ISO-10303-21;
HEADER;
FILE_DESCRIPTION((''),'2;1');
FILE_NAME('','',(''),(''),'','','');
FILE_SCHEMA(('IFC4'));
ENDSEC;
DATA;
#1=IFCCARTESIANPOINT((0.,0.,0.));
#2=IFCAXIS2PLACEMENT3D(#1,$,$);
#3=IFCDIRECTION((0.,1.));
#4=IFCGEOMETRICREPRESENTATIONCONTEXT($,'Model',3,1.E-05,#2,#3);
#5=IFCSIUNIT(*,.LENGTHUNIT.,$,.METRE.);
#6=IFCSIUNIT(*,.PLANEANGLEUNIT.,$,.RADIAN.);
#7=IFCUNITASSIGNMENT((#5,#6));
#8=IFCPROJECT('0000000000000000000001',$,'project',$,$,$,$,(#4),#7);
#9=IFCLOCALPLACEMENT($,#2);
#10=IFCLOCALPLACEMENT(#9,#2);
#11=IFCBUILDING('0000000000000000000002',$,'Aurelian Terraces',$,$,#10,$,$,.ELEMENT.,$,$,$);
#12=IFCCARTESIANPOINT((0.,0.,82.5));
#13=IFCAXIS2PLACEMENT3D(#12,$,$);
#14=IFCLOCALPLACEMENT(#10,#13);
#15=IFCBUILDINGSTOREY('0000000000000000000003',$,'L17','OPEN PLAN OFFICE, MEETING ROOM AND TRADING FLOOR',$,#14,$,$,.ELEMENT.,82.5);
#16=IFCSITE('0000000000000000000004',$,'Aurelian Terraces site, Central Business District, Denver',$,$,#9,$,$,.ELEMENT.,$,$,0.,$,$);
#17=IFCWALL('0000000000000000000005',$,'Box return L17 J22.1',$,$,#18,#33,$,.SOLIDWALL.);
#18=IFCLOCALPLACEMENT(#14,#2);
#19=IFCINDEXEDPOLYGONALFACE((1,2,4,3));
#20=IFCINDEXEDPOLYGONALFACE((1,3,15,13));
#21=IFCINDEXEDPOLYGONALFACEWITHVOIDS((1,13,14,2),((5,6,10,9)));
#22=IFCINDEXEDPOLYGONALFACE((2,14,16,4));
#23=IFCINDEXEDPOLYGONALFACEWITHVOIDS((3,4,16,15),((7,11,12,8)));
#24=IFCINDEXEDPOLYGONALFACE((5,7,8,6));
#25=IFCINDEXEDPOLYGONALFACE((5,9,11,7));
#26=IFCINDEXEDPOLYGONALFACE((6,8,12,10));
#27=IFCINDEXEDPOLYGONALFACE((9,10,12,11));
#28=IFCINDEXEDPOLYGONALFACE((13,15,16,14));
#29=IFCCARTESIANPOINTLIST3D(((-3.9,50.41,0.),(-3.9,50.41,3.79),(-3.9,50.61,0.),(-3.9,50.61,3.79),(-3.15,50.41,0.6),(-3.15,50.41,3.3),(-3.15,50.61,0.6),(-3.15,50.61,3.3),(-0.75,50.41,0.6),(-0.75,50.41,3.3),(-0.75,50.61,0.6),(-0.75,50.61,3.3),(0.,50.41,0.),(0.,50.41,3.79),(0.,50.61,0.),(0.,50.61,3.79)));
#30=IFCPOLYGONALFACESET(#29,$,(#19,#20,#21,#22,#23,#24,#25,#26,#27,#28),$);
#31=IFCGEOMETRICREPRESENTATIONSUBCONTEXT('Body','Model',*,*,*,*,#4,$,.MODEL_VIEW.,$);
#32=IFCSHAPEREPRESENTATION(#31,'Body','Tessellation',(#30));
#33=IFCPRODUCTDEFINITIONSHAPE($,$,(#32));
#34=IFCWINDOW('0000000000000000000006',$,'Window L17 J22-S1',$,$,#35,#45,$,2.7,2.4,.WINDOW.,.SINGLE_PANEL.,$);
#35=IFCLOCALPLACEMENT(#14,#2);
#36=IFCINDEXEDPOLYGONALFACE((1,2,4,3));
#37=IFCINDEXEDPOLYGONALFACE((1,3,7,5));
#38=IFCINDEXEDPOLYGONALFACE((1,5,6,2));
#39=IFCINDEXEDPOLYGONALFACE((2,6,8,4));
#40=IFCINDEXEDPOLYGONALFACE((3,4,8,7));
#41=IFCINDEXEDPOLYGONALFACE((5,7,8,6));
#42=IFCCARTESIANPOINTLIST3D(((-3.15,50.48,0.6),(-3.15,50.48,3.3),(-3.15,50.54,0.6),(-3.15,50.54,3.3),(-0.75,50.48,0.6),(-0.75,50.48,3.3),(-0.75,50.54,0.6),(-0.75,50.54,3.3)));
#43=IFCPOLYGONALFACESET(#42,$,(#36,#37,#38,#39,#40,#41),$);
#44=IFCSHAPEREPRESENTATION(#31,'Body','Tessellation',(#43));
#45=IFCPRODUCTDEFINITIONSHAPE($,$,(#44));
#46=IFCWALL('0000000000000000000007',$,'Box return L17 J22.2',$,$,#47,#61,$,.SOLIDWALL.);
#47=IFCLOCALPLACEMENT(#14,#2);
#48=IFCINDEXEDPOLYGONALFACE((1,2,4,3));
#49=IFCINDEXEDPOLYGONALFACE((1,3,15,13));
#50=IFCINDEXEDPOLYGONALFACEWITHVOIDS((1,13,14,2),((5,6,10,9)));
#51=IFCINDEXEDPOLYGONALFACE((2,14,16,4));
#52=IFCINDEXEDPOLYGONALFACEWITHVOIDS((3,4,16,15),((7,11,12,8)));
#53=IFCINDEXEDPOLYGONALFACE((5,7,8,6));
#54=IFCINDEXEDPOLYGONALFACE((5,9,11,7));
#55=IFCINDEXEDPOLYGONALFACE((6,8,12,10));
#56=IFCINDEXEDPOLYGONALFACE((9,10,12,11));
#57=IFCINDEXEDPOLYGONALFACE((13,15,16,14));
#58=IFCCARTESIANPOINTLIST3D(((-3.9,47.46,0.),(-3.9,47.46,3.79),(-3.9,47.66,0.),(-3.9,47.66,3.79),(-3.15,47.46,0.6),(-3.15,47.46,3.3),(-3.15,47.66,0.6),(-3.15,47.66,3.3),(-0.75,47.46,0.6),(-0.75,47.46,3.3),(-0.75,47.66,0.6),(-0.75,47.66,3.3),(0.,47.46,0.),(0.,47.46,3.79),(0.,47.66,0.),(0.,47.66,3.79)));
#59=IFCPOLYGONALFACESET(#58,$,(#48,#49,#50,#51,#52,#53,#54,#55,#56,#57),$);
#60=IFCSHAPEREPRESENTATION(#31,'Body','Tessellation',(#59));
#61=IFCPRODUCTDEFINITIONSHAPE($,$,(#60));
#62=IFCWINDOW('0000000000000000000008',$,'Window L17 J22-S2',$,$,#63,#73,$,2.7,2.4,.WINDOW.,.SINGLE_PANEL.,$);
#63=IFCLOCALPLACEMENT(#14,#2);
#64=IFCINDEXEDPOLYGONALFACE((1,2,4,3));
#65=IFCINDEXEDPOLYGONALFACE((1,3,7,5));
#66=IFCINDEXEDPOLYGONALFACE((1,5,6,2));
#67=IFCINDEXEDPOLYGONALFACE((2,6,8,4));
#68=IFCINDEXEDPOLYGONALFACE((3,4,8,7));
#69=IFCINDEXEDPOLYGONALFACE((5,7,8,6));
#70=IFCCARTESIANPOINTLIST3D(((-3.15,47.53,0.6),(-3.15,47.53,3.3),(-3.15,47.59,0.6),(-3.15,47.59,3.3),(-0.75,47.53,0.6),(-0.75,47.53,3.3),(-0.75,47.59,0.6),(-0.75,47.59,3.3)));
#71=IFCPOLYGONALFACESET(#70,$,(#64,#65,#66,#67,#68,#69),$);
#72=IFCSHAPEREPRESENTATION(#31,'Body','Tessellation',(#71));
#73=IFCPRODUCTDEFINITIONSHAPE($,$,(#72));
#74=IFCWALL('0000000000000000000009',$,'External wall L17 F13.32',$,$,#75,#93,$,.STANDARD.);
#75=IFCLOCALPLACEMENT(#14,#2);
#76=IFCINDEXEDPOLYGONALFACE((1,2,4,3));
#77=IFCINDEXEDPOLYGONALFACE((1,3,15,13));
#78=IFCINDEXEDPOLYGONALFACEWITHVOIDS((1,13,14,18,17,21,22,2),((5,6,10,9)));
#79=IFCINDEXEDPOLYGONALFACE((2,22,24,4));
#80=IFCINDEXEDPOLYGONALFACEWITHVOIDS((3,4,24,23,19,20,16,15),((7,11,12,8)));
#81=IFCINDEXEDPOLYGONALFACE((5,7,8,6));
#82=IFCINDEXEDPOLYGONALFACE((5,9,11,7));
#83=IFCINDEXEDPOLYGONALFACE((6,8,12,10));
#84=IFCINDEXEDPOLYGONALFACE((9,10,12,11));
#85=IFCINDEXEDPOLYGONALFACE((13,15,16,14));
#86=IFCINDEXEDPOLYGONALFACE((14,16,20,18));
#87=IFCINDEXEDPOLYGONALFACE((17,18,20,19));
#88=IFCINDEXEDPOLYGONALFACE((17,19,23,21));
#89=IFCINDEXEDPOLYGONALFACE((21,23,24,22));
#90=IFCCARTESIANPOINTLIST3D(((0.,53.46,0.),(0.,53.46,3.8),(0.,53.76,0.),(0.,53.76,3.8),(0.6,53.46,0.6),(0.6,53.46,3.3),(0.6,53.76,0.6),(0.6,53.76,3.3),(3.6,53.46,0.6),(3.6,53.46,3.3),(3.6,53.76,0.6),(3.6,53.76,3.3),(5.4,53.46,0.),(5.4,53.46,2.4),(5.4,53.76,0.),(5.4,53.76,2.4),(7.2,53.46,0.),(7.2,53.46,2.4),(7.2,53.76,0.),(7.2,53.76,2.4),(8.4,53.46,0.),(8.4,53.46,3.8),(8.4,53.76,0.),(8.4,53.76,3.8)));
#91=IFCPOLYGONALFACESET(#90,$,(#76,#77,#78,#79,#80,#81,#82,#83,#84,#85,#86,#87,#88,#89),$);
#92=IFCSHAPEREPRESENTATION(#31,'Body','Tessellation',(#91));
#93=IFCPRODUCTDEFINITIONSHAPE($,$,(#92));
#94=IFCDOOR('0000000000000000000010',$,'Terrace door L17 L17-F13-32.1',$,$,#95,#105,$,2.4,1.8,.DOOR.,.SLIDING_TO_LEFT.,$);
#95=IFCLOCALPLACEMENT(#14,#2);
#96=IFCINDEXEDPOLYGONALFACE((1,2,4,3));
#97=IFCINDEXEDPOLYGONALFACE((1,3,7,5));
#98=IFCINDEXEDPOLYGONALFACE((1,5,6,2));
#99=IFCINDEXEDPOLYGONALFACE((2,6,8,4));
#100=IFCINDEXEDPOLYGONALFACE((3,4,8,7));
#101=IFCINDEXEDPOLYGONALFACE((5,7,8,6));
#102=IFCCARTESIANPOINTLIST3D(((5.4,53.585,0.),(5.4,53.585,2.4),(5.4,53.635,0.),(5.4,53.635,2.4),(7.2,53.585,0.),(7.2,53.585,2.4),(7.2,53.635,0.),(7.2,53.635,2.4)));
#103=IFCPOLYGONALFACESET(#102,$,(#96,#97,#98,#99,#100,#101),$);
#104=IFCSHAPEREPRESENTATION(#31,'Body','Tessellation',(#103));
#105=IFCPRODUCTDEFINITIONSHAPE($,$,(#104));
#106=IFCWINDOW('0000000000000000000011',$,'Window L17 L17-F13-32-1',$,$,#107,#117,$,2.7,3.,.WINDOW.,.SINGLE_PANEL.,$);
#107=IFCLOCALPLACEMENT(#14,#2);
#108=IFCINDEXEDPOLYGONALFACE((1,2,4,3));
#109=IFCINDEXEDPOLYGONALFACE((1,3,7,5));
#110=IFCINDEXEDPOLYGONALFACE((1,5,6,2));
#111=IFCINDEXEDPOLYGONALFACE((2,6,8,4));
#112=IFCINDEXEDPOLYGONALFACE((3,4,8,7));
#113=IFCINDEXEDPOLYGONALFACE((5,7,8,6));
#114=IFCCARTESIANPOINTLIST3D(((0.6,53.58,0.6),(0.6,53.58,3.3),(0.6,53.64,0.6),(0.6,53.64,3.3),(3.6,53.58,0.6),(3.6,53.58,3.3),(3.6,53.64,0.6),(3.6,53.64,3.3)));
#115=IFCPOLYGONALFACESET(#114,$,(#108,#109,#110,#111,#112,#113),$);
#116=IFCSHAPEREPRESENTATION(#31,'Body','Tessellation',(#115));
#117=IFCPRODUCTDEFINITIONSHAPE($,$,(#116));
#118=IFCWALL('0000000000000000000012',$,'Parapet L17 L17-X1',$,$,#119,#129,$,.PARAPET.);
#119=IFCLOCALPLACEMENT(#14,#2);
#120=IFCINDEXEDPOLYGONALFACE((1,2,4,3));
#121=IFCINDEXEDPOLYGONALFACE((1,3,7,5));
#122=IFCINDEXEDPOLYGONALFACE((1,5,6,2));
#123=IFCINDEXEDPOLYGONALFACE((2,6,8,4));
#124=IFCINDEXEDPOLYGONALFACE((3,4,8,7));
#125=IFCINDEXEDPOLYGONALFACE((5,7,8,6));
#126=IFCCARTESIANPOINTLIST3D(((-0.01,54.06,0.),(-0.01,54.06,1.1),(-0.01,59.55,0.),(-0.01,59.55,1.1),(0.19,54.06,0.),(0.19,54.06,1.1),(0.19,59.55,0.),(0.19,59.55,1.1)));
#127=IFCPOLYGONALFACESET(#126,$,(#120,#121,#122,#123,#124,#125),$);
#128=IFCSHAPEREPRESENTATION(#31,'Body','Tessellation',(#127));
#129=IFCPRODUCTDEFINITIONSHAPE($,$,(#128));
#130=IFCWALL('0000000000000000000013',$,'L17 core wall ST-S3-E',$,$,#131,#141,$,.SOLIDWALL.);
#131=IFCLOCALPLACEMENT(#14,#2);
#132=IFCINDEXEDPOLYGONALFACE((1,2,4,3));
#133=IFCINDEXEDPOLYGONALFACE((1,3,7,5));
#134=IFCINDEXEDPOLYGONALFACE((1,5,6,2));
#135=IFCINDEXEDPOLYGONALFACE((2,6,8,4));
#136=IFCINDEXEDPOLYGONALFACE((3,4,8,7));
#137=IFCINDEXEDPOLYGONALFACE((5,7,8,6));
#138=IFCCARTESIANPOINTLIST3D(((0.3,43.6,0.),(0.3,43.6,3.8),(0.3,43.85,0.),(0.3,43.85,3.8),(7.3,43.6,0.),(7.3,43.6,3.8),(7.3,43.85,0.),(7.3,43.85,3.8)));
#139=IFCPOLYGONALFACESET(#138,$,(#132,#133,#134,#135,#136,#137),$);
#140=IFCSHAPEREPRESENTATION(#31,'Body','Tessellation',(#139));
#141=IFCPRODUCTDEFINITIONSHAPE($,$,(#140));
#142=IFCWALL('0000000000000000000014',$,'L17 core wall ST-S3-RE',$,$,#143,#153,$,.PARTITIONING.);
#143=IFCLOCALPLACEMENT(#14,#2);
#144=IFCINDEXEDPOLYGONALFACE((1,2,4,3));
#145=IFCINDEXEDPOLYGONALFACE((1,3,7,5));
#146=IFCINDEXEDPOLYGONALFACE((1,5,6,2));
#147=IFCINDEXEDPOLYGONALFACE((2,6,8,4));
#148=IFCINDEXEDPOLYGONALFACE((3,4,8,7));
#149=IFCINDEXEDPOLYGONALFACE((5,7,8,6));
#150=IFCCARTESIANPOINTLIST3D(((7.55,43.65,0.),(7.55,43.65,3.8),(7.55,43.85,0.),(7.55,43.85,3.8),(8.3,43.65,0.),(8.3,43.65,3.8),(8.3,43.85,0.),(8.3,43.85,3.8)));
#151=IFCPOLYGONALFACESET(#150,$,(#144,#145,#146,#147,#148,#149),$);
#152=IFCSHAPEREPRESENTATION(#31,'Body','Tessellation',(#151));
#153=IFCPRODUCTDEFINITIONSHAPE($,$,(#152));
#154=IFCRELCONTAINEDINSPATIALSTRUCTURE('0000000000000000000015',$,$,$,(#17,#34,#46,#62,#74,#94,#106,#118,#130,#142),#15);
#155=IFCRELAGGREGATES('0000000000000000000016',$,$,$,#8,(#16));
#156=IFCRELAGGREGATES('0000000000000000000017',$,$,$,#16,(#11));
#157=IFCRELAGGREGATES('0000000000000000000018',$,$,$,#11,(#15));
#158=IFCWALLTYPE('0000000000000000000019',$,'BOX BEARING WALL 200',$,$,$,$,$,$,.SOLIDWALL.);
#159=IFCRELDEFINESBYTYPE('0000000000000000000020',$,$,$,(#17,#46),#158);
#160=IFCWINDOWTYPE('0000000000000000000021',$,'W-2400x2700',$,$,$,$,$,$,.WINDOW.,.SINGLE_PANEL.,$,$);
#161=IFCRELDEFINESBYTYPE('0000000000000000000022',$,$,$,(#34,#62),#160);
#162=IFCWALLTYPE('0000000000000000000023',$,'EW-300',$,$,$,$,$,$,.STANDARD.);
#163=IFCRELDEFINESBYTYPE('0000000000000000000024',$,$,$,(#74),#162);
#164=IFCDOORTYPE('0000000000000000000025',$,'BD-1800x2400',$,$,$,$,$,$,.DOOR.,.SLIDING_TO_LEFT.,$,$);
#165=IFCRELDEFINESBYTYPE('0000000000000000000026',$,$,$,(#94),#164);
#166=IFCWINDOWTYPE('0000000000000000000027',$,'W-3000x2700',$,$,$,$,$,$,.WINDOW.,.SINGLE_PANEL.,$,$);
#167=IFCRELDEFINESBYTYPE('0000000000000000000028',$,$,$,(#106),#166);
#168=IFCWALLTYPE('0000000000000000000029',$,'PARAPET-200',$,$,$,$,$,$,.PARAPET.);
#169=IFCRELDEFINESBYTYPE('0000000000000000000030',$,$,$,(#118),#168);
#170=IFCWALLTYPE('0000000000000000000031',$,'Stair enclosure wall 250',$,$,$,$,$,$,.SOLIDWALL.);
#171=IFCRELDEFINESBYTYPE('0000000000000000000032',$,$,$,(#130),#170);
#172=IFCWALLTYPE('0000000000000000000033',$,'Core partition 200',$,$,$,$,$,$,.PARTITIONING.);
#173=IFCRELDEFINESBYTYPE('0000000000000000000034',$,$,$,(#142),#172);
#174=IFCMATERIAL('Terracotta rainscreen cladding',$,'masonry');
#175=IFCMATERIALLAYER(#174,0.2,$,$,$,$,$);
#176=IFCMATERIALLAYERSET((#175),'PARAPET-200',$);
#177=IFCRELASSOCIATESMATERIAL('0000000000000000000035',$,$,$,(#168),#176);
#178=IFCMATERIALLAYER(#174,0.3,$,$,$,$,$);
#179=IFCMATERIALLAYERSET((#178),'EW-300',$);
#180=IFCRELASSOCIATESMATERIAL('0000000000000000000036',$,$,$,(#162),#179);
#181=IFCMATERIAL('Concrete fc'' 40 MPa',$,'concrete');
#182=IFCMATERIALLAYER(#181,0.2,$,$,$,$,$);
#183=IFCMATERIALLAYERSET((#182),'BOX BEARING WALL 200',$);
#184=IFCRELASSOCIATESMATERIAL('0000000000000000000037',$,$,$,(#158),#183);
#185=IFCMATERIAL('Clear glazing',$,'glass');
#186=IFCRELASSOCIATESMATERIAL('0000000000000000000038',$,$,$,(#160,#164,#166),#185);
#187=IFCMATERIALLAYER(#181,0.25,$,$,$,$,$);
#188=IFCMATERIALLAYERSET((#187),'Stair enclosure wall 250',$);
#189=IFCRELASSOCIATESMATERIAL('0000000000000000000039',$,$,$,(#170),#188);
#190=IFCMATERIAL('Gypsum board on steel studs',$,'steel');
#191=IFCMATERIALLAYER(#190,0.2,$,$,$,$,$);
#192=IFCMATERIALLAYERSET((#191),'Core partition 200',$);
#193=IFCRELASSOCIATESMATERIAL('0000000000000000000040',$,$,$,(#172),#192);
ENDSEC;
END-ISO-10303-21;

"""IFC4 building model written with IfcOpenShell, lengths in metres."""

from ifc_helpers import new_model, si_unit, direction, frame, frame_2d, origin, place, context, subcontext, project, spatial, rectangle, extrude, source, transform, mapped, material, layer, layer_set, type_object, element, fill, save


model = new_model("IFC4")

# Units and contexts
model_context = context("Model", 3, precision=1e-05, world=origin(), true_north=direction((0.0, 1.0)))
body_context = subcontext(model_context, "Body", "Model", "MODEL_VIEW")
ifc_project = project(units=[si_unit("LENGTHUNIT", "METRE"), si_unit("PLANEANGLEUNIT", "RADIAN")], contexts=[model_context])

# Site, building, storey
site_placement = place(None, origin())
site = spatial("IfcSite", under=ifc_project, at=site_placement, Name="Aurelian Terraces site, Central Business District, Denver", CompositionType="ELEMENT", RefElevation=0.0)
building_placement = place(site_placement, origin())
building = spatial("IfcBuilding", under=site, at=building_placement, Name="Aurelian Terraces", CompositionType="ELEMENT")
storey_placement = place(building_placement, frame((0.0, 0.0, 82.5)))
storey = spatial("IfcBuildingStorey", under=building, at=storey_placement, Name="L17", Description="OPEN PLAN OFFICE, MEETING ROOM AND TRADING FLOOR", CompositionType="ELEMENT", Elevation=82.5)

# Shared definitions
ifc_material_1 = material(Name="Concrete fc' 40 MPa", Category="concrete")
ifc_material_2 = material(Name="Clear glazing", Category="glass")

# Shared definitions
ifc_material_3 = material(Name="Terracotta rainscreen cladding", Category="masonry")
ifc_layer_1 = layer(ifc_material_3, 0.2)
ifc_layer_set_1 = layer_set([ifc_layer_1], Name="PARAPET-200")
wall_type_1 = type_object("IfcWallType", Name="PARAPET-200", PredefinedType="PARAPET", material=ifc_layer_set_1)

# Shared definitions
ifc_layer_2 = layer(ifc_material_3, 0.3)
ifc_layer_set_2 = layer_set([ifc_layer_2], Name="EW-300")
wall_type_2 = type_object("IfcWallType", Name="EW-300", PredefinedType="STANDARD", material=ifc_layer_set_2)

# Walls, openings, windows
ifc_layer_3 = layer(ifc_material_1, 0.2)
ifc_layer_set_3 = layer_set([ifc_layer_3], Name="BOX BEARING WALL 200")
wall_type_3 = type_object("IfcWallType", Name="BOX BEARING WALL 200", PredefinedType="SOLIDWALL", material=ifc_layer_set_3)
shared_shape_1 = source(origin(), body_context, "Body", "SweptSolid", [
    extrude(rectangle(XDim=3.9, YDim=0.2, at=frame_2d((1.95, 0.0))), origin(), (0.0, 0.0, 1.0), 3.79),
])
wall_1_placement = place(storey_placement, frame((0.0, 50.51, 0.0), z_axis=(0.0, 0.0, 1.0), x_axis=(-1.0, 0.0, 0.0)))
wall_1 = element("IfcWall", 1, at=wall_1_placement, inside=storey, type_object=wall_type_3, Name="Box return L17 J22.1", PredefinedType="SOLIDWALL", context=body_context, shape_type="MappedRepresentation", body=[
    mapped(shared_shape_1, transform((0.0, 0.0, 0.0), scale=1.0)),
])
shared_shape_2 = source(origin(), body_context, "Body", "SweptSolid", [
    extrude(rectangle(XDim=2.4, YDim=2.7, at=frame_2d((1.2, 1.35))), frame((0.0, 0.11, 0.0), z_axis=(0.0, -1.0, 0.0), x_axis=(1.0, 0.0, 0.0)), (0.0, 0.0, 1.0), 0.22),
])
opening_1_placement = place(wall_1_placement, frame((0.75, 0.0, 0.6)))
opening_1 = element("IfcOpeningElement", 2, at=opening_1_placement, cuts=wall_1, PredefinedType="OPENING", context=body_context, shape_type="MappedRepresentation", body=[
    mapped(shared_shape_2, transform((0.0, 0.0, 0.0), scale=1.0)),
])
window_type_1 = type_object("IfcWindowType", Name="W-2400x2700", PartitioningType="SINGLE_PANEL", PredefinedType="WINDOW", material=ifc_material_2)
shared_shape_3 = source(origin(), body_context, "Body", "SweptSolid", [
    extrude(rectangle(XDim=2.4, YDim=2.7, at=frame_2d((1.2, 1.35))), frame((0.0, 0.03, 0.0), z_axis=(0.0, -1.0, 0.0), x_axis=(1.0, 0.0, 0.0)), (0.0, 0.0, 1.0), 0.06),
])
window_1_placement = place(opening_1_placement, origin())
window_1 = element("IfcWindow", 3, at=window_1_placement, inside=storey, type_object=window_type_1, Name="Window L17 J22-S1", OverallHeight=2.7, OverallWidth=2.4, PartitioningType="SINGLE_PANEL", PredefinedType="WINDOW", context=body_context, shape_type="MappedRepresentation", body=[
    mapped(shared_shape_3, transform((0.0, 0.0, 0.0), scale=1.0)),
])
fill(opening_1, window_1)
wall_2_placement = place(storey_placement, frame((0.0, 47.56, 0.0), z_axis=(0.0, 0.0, 1.0), x_axis=(-1.0, 0.0, 0.0)))
wall_2 = element("IfcWall", 4, at=wall_2_placement, inside=storey, type_object=wall_type_3, Name="Box return L17 J22.2", PredefinedType="SOLIDWALL", context=body_context, shape_type="MappedRepresentation", body=[
    mapped(shared_shape_1, transform((0.0, 0.0, 0.0), scale=1.0)),
])
opening_2_placement = place(wall_2_placement, frame((0.75, 0.0, 0.6)))
opening_2 = element("IfcOpeningElement", 5, at=opening_2_placement, cuts=wall_2, PredefinedType="OPENING", context=body_context, shape_type="MappedRepresentation", body=[
    mapped(shared_shape_2, transform((0.0, 0.0, 0.0), scale=1.0)),
])
window_2_placement = place(opening_2_placement, origin())
window_2 = element("IfcWindow", 6, at=window_2_placement, inside=storey, type_object=window_type_1, Name="Window L17 J22-S2", OverallHeight=2.7, OverallWidth=2.4, PartitioningType="SINGLE_PANEL", PredefinedType="WINDOW", context=body_context, shape_type="MappedRepresentation", body=[
    mapped(shared_shape_3, transform((0.0, 0.0, 0.0), scale=1.0)),
])
fill(opening_2, window_2)

# Wall, openings, door, window
shared_shape_4 = source(origin(), body_context, "Body", "SweptSolid", [
    extrude(rectangle(XDim=8.4, YDim=0.3, at=frame_2d((4.2, 0.0))), origin(), (0.0, 0.0, 1.0), 3.8),
])
wall_3_placement = place(storey_placement, frame((8.4, 53.61, 0.0), z_axis=(0.0, 0.0, 1.0), x_axis=(-1.0, 0.0, 0.0)))
wall_3 = element("IfcWall", 7, at=wall_3_placement, inside=storey, type_object=wall_type_2, Name="External wall L17 F13.32", PredefinedType="STANDARD", context=body_context, shape_type="MappedRepresentation", body=[
    mapped(shared_shape_4, transform((0.0, 0.0, 0.0), scale=1.0)),
])
shared_shape_5 = source(origin(), body_context, "Body", "SweptSolid", [
    extrude(rectangle(XDim=1.8, YDim=2.4, at=frame_2d((0.9, 1.2))), frame((0.0, 0.16, 0.0), z_axis=(0.0, -1.0, 0.0), x_axis=(1.0, 0.0, 0.0)), (0.0, 0.0, 1.0), 0.32),
])
opening_3_placement = place(wall_3_placement, frame((1.2, 0.0, 0.0)))
opening_3 = element("IfcOpeningElement", 8, at=opening_3_placement, cuts=wall_3, PredefinedType="OPENING", context=body_context, shape_type="MappedRepresentation", body=[
    mapped(shared_shape_5, transform((0.0, 0.0, 0.0), scale=1.0)),
])
shared_shape_6 = source(origin(), body_context, "Body", "SweptSolid", [
    extrude(rectangle(XDim=3.0, YDim=2.7, at=frame_2d((1.5, 1.35))), frame((0.0, 0.16, 0.0), z_axis=(0.0, -1.0, 0.0), x_axis=(1.0, 0.0, 0.0)), (0.0, 0.0, 1.0), 0.32),
])
opening_4_placement = place(wall_3_placement, frame((4.8, 0.0, 0.6)))
opening_4 = element("IfcOpeningElement", 9, at=opening_4_placement, cuts=wall_3, PredefinedType="OPENING", context=body_context, shape_type="MappedRepresentation", body=[
    mapped(shared_shape_6, transform((0.0, 0.0, 0.0), scale=1.0)),
])
door_type_1 = type_object("IfcDoorType", Name="BD-1800x2400", OperationType="SLIDING_TO_LEFT", PredefinedType="DOOR", material=ifc_material_2)
shared_shape_7 = source(origin(), body_context, "Body", "SweptSolid", [
    extrude(rectangle(XDim=1.8, YDim=2.4, at=frame_2d((0.9, 1.2))), frame((0.0, 0.025, 0.0), z_axis=(0.0, -1.0, 0.0), x_axis=(1.0, 0.0, 0.0)), (0.0, 0.0, 1.0), 0.05),
])
door_1_placement = place(opening_3_placement, origin())
door_1 = element("IfcDoor", 10, at=door_1_placement, inside=storey, type_object=door_type_1, Name="Terrace door L17 L17-F13-32.1", OperationType="SLIDING_TO_LEFT", OverallHeight=2.4, OverallWidth=1.8, PredefinedType="DOOR", context=body_context, shape_type="MappedRepresentation", body=[
    mapped(shared_shape_7, transform((0.0, 0.0, 0.0), scale=1.0)),
])
fill(opening_3, door_1)
window_type_2 = type_object("IfcWindowType", Name="W-3000x2700", PartitioningType="SINGLE_PANEL", PredefinedType="WINDOW", material=ifc_material_2)
shared_shape_8 = source(origin(), body_context, "Body", "SweptSolid", [
    extrude(rectangle(XDim=3.0, YDim=2.7, at=frame_2d((1.5, 1.35))), frame((0.0, 0.03, 0.0), z_axis=(0.0, -1.0, 0.0), x_axis=(1.0, 0.0, 0.0)), (0.0, 0.0, 1.0), 0.06),
])
window_3_placement = place(opening_4_placement, origin())
window_3 = element("IfcWindow", 11, at=window_3_placement, inside=storey, type_object=window_type_2, Name="Window L17 L17-F13-32-1", OverallHeight=2.7, OverallWidth=3.0, PartitioningType="SINGLE_PANEL", PredefinedType="WINDOW", context=body_context, shape_type="MappedRepresentation", body=[
    mapped(shared_shape_8, transform((0.0, 0.0, 0.0), scale=1.0)),
])
fill(opening_4, window_3)

# Walls
shared_shape_9 = source(origin(), body_context, "Body", "SweptSolid", [
    extrude(rectangle(XDim=5.49, YDim=0.2, at=frame_2d((2.745, 0.0))), origin(), (0.0, 0.0, 1.0), 1.1),
])
wall_4_placement = place(storey_placement, frame((0.09, 54.06, 0.0), z_axis=(0.0, 0.0, 1.0), x_axis=(0.0, 1.0, 0.0)))
element("IfcWall", 12, at=wall_4_placement, inside=storey, type_object=wall_type_1, Name="Parapet L17 L17-X1", PredefinedType="PARAPET", context=body_context, shape_type="MappedRepresentation", body=[
    mapped(shared_shape_9, transform((0.0, 0.0, 0.0), scale=1.0)),
])
ifc_layer_4 = layer(ifc_material_1, 0.25)
ifc_layer_set_4 = layer_set([ifc_layer_4], Name="Stair enclosure wall 250")
wall_type_4 = type_object("IfcWallType", Name="Stair enclosure wall 250", PredefinedType="SOLIDWALL", material=ifc_layer_set_4)
shared_shape_10 = source(origin(), body_context, "Body", "SweptSolid", [
    extrude(rectangle(XDim=7.0, YDim=0.25, at=frame_2d((3.5, 0.0))), origin(), (0.0, 0.0, 1.0), 3.8),
])
wall_5_placement = place(storey_placement, frame((0.3, 43.725, 0.0), z_axis=(0.0, 0.0, 1.0), x_axis=(1.0, 0.0, 0.0)))
element("IfcWall", 13, at=wall_5_placement, inside=storey, type_object=wall_type_4, Name="L17 core wall ST-S3-E", PredefinedType="SOLIDWALL", context=body_context, shape_type="MappedRepresentation", body=[
    mapped(shared_shape_10, transform((0.0, 0.0, 0.0), scale=1.0)),
])
ifc_material_4 = material(Name="Gypsum board on steel studs", Category="steel")
ifc_layer_5 = layer(ifc_material_4, 0.2)
ifc_layer_set_5 = layer_set([ifc_layer_5], Name="Core partition 200")
wall_type_5 = type_object("IfcWallType", Name="Core partition 200", PredefinedType="PARTITIONING", material=ifc_layer_set_5)
shared_shape_11 = source(origin(), body_context, "Body", "SweptSolid", [
    extrude(rectangle(XDim=0.75, YDim=0.2, at=frame_2d((0.375, 0.0))), origin(), (0.0, 0.0, 1.0), 3.8),
])
wall_6_placement = place(storey_placement, frame((7.55, 43.75, 0.0), z_axis=(0.0, 0.0, 1.0), x_axis=(1.0, 0.0, 0.0)))
element("IfcWall", 14, at=wall_6_placement, inside=storey, type_object=wall_type_5, Name="L17 core wall ST-S3-RE", PredefinedType="PARTITIONING", context=body_context, shape_type="MappedRepresentation", body=[
    mapped(shared_shape_11, transform((0.0, 0.0, 0.0), scale=1.0)),
])

save(model, "model.ifc")
